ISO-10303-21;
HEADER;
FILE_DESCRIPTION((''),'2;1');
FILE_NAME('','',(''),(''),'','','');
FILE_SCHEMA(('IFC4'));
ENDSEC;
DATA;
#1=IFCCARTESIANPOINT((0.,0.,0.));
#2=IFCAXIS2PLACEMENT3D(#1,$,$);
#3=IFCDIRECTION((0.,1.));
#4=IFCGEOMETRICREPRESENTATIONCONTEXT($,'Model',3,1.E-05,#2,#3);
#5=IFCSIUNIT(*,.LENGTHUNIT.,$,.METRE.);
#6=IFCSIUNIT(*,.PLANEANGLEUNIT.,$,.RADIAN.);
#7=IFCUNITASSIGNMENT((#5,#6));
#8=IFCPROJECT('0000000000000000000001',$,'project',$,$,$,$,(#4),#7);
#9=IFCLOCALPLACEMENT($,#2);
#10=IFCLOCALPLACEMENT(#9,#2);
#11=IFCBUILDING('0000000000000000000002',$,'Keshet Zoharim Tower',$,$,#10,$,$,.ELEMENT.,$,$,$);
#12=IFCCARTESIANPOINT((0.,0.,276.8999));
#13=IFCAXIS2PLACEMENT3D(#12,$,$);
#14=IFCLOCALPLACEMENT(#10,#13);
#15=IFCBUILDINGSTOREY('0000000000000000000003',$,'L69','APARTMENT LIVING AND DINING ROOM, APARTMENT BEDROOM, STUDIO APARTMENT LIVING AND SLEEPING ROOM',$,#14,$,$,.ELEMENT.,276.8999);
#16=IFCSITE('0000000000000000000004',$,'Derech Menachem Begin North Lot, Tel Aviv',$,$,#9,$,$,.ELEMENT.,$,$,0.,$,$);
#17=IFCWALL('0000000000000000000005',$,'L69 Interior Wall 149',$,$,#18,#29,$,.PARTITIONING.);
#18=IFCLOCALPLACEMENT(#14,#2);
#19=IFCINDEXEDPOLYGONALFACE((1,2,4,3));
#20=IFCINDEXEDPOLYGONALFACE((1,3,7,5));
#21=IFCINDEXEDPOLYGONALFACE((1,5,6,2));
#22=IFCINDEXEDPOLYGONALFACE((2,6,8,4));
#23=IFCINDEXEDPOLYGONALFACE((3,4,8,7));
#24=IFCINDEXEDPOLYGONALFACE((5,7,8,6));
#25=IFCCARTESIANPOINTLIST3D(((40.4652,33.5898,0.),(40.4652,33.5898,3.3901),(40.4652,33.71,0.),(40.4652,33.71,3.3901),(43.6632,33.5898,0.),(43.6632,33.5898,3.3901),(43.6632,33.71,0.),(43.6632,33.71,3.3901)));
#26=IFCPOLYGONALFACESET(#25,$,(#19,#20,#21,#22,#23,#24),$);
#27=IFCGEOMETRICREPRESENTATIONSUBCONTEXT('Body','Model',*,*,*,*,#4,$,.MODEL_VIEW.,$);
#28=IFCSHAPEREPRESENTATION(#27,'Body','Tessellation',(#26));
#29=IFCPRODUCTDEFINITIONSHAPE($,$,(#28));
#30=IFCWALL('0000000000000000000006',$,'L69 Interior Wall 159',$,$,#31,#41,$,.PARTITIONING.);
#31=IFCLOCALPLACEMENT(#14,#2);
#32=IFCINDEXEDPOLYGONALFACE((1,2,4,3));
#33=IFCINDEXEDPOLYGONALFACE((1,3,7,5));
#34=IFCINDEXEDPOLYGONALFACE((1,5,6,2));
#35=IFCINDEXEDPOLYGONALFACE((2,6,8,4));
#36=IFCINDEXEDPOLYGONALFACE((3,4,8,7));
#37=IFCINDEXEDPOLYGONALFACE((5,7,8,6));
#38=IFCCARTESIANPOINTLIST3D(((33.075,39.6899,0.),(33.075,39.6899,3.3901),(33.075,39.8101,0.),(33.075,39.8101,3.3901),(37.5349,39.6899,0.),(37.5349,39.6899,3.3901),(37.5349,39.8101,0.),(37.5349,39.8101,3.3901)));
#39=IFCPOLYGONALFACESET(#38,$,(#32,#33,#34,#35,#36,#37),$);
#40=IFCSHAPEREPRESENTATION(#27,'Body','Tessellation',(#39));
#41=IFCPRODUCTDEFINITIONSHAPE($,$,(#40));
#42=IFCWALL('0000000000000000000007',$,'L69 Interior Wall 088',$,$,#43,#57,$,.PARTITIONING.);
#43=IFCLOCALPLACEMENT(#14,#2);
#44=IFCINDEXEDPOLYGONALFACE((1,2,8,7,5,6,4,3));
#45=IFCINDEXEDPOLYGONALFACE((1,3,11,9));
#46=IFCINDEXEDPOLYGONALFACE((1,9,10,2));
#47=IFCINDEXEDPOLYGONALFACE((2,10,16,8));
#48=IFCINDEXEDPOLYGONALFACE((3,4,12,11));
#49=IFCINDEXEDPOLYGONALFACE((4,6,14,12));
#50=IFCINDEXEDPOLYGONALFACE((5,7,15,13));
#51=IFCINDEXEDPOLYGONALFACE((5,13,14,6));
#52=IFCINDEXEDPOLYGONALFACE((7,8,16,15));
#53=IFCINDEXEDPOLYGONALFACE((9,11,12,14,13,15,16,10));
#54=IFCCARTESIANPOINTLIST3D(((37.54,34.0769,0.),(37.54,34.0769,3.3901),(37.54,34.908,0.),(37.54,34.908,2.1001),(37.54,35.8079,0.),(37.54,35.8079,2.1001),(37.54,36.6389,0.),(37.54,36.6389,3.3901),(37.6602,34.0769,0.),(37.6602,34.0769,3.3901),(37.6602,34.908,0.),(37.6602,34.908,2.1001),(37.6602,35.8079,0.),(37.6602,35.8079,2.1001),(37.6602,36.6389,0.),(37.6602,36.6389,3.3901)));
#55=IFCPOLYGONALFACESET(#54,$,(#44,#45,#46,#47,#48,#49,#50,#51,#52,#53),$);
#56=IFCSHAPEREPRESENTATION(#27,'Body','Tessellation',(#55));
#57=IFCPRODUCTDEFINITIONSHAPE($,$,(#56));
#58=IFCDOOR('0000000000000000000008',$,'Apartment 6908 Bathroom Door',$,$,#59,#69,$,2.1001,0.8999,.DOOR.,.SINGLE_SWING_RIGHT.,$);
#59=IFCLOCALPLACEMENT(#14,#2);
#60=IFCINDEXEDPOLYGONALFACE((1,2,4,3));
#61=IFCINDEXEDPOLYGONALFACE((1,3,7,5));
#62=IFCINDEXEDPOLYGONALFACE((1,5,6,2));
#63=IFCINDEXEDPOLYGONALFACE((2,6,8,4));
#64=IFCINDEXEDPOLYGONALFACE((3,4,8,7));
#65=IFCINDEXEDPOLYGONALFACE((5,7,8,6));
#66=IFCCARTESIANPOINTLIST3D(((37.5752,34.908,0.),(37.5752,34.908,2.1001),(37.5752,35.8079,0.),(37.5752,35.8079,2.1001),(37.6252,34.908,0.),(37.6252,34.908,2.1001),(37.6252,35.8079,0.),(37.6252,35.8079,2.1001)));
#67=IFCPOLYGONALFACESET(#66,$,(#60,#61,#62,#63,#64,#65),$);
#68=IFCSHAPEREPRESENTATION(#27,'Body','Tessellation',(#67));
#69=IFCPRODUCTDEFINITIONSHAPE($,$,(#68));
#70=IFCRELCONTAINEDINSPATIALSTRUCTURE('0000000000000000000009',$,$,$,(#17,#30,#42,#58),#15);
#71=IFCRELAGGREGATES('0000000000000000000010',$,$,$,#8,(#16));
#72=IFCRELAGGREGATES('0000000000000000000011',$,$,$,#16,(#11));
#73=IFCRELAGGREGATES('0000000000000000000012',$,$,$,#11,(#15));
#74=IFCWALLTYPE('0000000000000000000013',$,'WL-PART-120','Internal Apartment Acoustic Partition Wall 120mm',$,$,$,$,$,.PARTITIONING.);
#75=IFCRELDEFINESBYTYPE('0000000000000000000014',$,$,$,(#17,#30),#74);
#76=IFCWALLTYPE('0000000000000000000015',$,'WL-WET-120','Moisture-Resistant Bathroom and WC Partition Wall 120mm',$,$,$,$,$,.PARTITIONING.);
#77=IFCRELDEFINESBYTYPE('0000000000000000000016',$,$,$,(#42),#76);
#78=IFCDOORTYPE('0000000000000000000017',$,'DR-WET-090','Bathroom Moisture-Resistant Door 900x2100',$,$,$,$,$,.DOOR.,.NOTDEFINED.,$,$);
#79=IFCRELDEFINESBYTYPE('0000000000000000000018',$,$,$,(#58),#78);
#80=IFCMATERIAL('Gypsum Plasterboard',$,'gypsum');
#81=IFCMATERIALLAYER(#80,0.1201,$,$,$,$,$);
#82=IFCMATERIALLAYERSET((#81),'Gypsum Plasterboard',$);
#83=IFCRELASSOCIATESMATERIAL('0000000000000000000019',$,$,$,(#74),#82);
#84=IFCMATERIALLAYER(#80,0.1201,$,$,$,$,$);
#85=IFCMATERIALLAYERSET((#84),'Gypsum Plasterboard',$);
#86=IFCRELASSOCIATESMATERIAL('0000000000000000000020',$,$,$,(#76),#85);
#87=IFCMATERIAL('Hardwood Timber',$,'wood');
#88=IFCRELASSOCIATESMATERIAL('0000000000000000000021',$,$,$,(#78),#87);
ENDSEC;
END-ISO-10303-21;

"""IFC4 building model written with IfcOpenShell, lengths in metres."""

from ifc_helpers import new_model, si_unit, direction, frame, frame_2d, origin, place, context, subcontext, project, spatial, rectangle, extrude, material, layer, layer_set, type_object, element, fill, save


model = new_model("IFC4")

# Units and contexts
model_context = context("Model", 3, precision=1e-05, world=origin(), true_north=direction((0.0, 1.0)))
body_context = subcontext(model_context, "Body", "Model", "MODEL_VIEW")
ifc_project = project(units=[si_unit("LENGTHUNIT", "METRE"), si_unit("PLANEANGLEUNIT", "RADIAN")], contexts=[model_context])

# Site, building, storey
site_placement = place(None, origin())
site = spatial("IfcSite", under=ifc_project, at=site_placement, Name="Derech Menachem Begin North Lot, Tel Aviv", CompositionType="ELEMENT", RefElevation=0.0)
building_placement = place(site_placement, origin())
building = spatial("IfcBuilding", under=site, at=building_placement, Name="Keshet Zoharim Tower", CompositionType="ELEMENT")
storey_placement = place(building_placement, frame((0.0, 0.0, 276.8999)))
storey = spatial("IfcBuildingStorey", under=building, at=storey_placement, Name="L69", Description="APARTMENT LIVING AND DINING ROOM, APARTMENT BEDROOM, STUDIO APARTMENT LIVING AND SLEEPING ROOM", CompositionType="ELEMENT", Elevation=276.8999)

# Shared definitions
ifc_material_1 = material(Name="Hardwood Timber", Category="wood")

# Shared definitions
ifc_material_2 = material(Name="Gypsum Plasterboard", Category="gypsum")
ifc_layer_1 = layer(ifc_material_2, 0.1201)
ifc_layer_set_1 = layer_set([ifc_layer_1], Name="Gypsum Plasterboard")
wall_type_1 = type_object("IfcWallType", Name="WL-PART-120", Description="Internal Apartment Acoustic Partition Wall 120mm", PredefinedType="PARTITIONING", material=ifc_layer_set_1)

# Walls
wall_1_placement = place(storey_placement, frame((40.4651, 33.6499, 0.0), z_axis=(0.0, 0.0, 1.0), x_axis=(1.0, 0.0, 0.0)))
element("IfcWall", 1, at=wall_1_placement, inside=storey, type_object=wall_type_1, Name="L69 Interior Wall 149", PredefinedType="PARTITIONING", context=body_context, shape_type="SweptSolid", body=[
    extrude(rectangle(XDim=3.198, YDim=0.1201, at=frame_2d((1.5991, 0.0))), origin(), (0.0, 0.0, 1.0), 3.3901),
])
wall_2_placement = place(storey_placement, frame((33.075, 39.75, 0.0), z_axis=(0.0, 0.0, 1.0), x_axis=(1.0, 0.0, 0.0)))
element("IfcWall", 2, at=wall_2_placement, inside=storey, type_object=wall_type_1, Name="L69 Interior Wall 159", PredefinedType="PARTITIONING", context=body_context, shape_type="SweptSolid", body=[
    extrude(rectangle(XDim=4.46, YDim=0.1201, at=frame_2d((2.23, 0.0))), origin(), (0.0, 0.0, 1.0), 3.3901),
])

# Wall, opening, door
ifc_layer_2 = layer(ifc_material_2, 0.1201)
ifc_layer_set_2 = layer_set([ifc_layer_2], Name="Gypsum Plasterboard")
wall_type_2 = type_object("IfcWallType", Name="WL-WET-120", Description="Moisture-Resistant Bathroom and WC Partition Wall 120mm", PredefinedType="PARTITIONING", material=ifc_layer_set_2)
wall_3_placement = place(storey_placement, frame((37.6001, 34.0769, 0.0), z_axis=(0.0, 0.0, 1.0), x_axis=(0.0, 1.0, 0.0)))
wall_3 = element("IfcWall", 3, at=wall_3_placement, inside=storey, type_object=wall_type_2, Name="L69 Interior Wall 088", PredefinedType="PARTITIONING", context=body_context, shape_type="SweptSolid", body=[
    extrude(rectangle(XDim=2.562, YDim=0.1201, at=frame_2d((1.281, 0.0))), origin(), (0.0, 0.0, 1.0), 3.3901),
])
opening_1_placement = place(wall_3_placement, frame((0.8311, 0.0, 0.0)))
opening_1 = element("IfcOpeningElement", 4, at=opening_1_placement, cuts=wall_3, PredefinedType="OPENING", context=body_context, shape_type="SweptSolid", body=[
    extrude(rectangle(XDim=0.8999, YDim=2.1001, at=frame_2d((0.45, 1.05))), frame((0.0, 0.0701, 0.0), z_axis=(0.0, -1.0, 0.0), x_axis=(1.0, 0.0, 0.0)), (0.0, 0.0, 1.0), 0.1401),
])
door_type_1 = type_object("IfcDoorType", Name="DR-WET-090", Description="Bathroom Moisture-Resistant Door 900x2100", OperationType="NOTDEFINED", PredefinedType="DOOR", material=ifc_material_1)
door_1_placement = place(opening_1_placement, origin())
door_1 = element("IfcDoor", 5, at=door_1_placement, inside=storey, type_object=door_type_1, Name="Apartment 6908 Bathroom Door", OperationType="SINGLE_SWING_RIGHT", OverallHeight=2.1001, OverallWidth=0.8999, PredefinedType="DOOR", context=body_context, shape_type="SweptSolid", body=[
    extrude(rectangle(XDim=0.8999, YDim=2.1001, at=frame_2d((0.45, 1.05))), frame((0.0, 0.0249, 0.0), z_axis=(0.0, -1.0, 0.0), x_axis=(1.0, 0.0, 0.0)), (0.0, 0.0, 1.0), 0.05),
])
fill(opening_1, door_1)

save(model, "model.ifc")
